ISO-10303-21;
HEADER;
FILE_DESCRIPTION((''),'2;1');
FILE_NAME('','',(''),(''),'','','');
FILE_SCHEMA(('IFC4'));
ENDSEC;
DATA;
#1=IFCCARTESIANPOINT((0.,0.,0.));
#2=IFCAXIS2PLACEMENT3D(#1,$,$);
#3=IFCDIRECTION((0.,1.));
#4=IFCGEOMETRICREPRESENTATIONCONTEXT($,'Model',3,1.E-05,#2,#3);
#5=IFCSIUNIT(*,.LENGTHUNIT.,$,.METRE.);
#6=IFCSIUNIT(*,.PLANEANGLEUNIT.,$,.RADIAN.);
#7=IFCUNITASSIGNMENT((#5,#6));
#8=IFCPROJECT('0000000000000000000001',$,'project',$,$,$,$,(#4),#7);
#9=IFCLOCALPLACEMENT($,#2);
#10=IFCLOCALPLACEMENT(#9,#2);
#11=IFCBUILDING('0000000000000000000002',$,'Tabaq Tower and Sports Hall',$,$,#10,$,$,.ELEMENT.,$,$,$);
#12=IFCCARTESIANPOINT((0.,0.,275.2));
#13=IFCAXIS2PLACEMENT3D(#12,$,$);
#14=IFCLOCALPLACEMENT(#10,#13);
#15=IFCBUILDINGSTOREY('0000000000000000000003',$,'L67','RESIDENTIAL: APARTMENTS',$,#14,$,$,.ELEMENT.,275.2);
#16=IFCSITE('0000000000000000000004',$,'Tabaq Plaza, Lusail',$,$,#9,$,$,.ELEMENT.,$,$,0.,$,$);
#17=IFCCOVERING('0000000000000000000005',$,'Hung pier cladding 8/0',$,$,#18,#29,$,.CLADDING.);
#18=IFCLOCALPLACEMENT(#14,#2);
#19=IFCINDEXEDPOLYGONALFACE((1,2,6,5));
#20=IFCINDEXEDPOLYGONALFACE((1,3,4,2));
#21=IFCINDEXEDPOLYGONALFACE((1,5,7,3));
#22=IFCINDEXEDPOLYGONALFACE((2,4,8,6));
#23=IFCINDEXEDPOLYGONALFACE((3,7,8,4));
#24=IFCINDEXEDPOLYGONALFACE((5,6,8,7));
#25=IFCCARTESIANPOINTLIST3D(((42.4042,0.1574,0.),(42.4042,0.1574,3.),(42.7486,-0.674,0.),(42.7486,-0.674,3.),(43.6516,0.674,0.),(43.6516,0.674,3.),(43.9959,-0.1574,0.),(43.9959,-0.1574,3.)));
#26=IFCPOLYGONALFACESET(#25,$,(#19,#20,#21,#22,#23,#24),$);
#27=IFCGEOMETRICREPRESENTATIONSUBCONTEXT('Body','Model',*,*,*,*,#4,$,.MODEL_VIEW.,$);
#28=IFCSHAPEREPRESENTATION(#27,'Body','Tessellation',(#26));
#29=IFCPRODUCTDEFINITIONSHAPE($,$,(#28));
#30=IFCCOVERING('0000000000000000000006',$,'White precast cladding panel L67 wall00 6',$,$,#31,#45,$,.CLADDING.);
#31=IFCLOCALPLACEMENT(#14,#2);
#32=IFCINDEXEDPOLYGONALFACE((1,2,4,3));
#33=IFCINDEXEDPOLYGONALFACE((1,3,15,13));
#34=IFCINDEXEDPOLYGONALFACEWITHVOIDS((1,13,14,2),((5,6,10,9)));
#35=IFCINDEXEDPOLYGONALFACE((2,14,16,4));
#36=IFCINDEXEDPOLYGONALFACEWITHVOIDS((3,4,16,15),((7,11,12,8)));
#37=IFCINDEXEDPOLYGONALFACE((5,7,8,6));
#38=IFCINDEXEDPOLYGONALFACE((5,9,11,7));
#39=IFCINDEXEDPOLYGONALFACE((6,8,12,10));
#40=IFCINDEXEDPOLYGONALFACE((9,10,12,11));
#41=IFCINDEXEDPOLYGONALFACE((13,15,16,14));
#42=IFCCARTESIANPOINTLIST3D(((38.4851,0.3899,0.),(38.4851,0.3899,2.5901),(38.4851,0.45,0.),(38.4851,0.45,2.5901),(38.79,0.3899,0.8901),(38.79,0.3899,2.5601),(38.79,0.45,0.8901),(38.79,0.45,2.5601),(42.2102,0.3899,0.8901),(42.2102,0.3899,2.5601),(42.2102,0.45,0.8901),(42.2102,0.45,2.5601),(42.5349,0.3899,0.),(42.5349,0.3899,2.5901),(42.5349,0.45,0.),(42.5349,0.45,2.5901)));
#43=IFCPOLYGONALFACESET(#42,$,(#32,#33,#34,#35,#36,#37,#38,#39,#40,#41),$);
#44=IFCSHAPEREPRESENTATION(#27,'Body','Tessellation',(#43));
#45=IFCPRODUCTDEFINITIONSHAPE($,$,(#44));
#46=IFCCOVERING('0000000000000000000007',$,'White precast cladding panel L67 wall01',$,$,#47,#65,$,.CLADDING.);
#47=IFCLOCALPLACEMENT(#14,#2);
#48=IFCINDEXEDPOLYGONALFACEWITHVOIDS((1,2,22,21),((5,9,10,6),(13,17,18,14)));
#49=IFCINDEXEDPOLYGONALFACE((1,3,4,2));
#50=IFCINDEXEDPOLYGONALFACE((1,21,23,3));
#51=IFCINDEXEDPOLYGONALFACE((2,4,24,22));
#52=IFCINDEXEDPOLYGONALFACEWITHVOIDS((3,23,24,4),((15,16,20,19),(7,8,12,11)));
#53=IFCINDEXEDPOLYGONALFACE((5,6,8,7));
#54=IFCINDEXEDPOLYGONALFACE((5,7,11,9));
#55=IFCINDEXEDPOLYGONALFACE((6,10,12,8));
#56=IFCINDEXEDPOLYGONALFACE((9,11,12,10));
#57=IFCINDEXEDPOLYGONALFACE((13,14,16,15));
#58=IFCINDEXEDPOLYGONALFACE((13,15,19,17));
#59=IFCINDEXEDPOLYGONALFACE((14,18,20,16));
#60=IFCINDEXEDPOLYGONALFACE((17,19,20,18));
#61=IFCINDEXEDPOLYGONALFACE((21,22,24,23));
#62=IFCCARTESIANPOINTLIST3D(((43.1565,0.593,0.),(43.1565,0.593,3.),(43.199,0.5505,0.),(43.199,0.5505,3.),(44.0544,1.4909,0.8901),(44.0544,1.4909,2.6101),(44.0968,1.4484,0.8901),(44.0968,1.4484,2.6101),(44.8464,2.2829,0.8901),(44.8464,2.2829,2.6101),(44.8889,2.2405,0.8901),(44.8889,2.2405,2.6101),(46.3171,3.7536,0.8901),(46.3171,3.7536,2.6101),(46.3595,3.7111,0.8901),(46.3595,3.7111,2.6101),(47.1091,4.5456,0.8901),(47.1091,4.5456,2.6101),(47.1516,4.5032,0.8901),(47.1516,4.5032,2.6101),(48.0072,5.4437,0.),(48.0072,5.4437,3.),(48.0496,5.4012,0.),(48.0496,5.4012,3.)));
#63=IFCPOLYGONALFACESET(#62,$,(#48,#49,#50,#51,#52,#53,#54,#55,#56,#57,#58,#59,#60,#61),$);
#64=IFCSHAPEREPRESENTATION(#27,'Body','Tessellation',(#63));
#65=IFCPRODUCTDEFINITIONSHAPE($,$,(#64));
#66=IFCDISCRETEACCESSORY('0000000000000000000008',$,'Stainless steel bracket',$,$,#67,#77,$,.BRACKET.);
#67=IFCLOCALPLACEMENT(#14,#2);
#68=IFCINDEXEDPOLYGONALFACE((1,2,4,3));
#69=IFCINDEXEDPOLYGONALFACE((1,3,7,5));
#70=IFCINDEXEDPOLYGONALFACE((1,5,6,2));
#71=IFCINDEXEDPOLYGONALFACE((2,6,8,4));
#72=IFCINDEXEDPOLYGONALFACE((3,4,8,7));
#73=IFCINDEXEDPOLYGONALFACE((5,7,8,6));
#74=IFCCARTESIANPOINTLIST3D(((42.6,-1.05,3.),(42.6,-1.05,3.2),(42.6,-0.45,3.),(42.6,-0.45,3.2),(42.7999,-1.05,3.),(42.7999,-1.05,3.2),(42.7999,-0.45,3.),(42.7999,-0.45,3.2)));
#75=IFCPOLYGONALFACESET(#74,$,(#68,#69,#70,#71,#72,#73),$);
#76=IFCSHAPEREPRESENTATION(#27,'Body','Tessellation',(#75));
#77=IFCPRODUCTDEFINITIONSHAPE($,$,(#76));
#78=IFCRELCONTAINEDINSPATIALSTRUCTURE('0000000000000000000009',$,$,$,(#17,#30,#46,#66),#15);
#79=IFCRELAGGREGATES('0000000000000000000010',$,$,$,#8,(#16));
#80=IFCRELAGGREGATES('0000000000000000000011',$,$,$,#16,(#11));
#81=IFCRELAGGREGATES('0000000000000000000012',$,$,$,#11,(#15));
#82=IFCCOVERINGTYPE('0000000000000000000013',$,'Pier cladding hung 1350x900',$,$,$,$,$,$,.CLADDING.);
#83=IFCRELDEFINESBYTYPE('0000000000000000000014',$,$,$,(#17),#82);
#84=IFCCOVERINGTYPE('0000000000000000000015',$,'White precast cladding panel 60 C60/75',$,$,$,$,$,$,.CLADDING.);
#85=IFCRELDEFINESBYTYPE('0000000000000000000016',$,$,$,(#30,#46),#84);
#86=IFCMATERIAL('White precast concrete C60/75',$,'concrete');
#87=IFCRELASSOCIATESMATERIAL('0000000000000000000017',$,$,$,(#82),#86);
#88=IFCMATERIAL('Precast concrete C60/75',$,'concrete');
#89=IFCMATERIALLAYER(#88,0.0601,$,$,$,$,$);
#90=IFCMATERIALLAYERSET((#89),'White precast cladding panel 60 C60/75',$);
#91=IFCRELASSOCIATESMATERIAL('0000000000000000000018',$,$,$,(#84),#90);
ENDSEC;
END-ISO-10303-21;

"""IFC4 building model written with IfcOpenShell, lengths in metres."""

from ifc_helpers import new_model, si_unit, direction, frame, frame_2d, origin, origin_2d, place, context, subcontext, project, spatial, polyline, rectangle, outline, extrude, material, layer, layer_set, type_object, element, save


model = new_model("IFC4")

# Units and contexts
model_context = context("Model", 3, precision=1e-05, world=origin(), true_north=direction((0.0, 1.0)))
body_context = subcontext(model_context, "Body", "Model", "MODEL_VIEW")
ifc_project = project(units=[si_unit("LENGTHUNIT", "METRE"), si_unit("PLANEANGLEUNIT", "RADIAN")], contexts=[model_context])

# Site, building, storey
site_placement = place(None, origin())
site = spatial("IfcSite", under=ifc_project, at=site_placement, Name="Tabaq Plaza, Lusail", CompositionType="ELEMENT", RefElevation=0.0)
building_placement = place(site_placement, origin())
building = spatial("IfcBuilding", under=site, at=building_placement, Name="Tabaq Tower and Sports Hall", CompositionType="ELEMENT")
storey_placement = place(building_placement, frame((0.0, 0.0, 275.2)))
storey = spatial("IfcBuildingStorey", under=building, at=storey_placement, Name="L67", Description="RESIDENTIAL: APARTMENTS", CompositionType="ELEMENT", Elevation=275.2)

# Coverings
ifc_material_1 = material(Name="White precast concrete C60/75", Category="concrete")
covering_type_1 = type_object("IfcCoveringType", Name="Pier cladding hung 1350x900", PredefinedType="CLADDING", material=ifc_material_1)
covering_1_placement = place(storey_placement, frame((42.5764, -0.2583, 0.0), z_axis=(0.0, 0.0, 1.0), x_axis=(0.923893, 0.38265, 0.0)))
element("IfcCovering", 1, at=covering_1_placement, inside=storey, type_object=covering_type_1, Name="Hung pier cladding 8/0", PredefinedType="CLADDING", context=body_context, shape_type="SweptSolid", body=[
    extrude(rectangle(XDim=1.3501, YDim=0.8999, at=frame_2d((0.675, 0.0))), origin(), (0.0, 0.0, 1.0), 3.0),
])
ifc_material_2 = material(Name="Precast concrete C60/75", Category="concrete")
ifc_layer_1 = layer(ifc_material_2, 0.0601)
ifc_layer_set_1 = layer_set([ifc_layer_1], Name="White precast cladding panel 60 C60/75")
covering_type_2 = type_object("IfcCoveringType", Name="White precast cladding panel 60 C60/75", PredefinedType="CLADDING", material=ifc_layer_set_1)
covering_2_placement = place(storey_placement, frame((38.4851, 0.4199, 0.0), z_axis=(0.0, 0.0, 1.0), x_axis=(1.0, 0.0, 0.0)))
element("IfcCovering", 2, at=covering_2_placement, inside=storey, type_object=covering_type_2, Name="White precast cladding panel L67 wall00 6", PredefinedType="CLADDING", context=body_context, shape_type="SweptSolid", body=[
    extrude(outline(polyline([(0.0, 0.0), (4.0498, 0.0), (4.0498, 2.5901), (0.0, 2.5901), (0.0, 0.0)]), holes=[polyline([(3.7251, 0.8901), (0.3049, 0.8901), (0.3049, 2.5601), (3.7251, 2.5601), (3.7251, 0.8901)])]), frame((0.0, 0.03, 0.0), z_axis=(0.0, -1.0, 0.0), x_axis=(1.0, 0.0, 0.0)), (0.0, 0.0, 1.0), 0.0601),
])
covering_3_placement = place(storey_placement, frame((43.1777, 0.5718, 0.0), z_axis=(0.0, 0.0, 1.0), x_axis=(0.707107, 0.707107, 0.0)))
element("IfcCovering", 3, at=covering_3_placement, inside=storey, type_object=covering_type_2, Name="White precast cladding panel L67 wall01", PredefinedType="CLADDING", context=body_context, shape_type="SweptSolid", body=[
    extrude(outline(polyline([(0.0, 0.0), (6.8599, 0.0), (6.8599, 3.0), (0.0, 3.0), (0.0, 0.0)]), holes=[polyline([(1.2698, 2.6101), (2.3899, 2.6101), (2.3899, 0.8901), (1.2698, 0.8901), (1.2698, 2.6101)]), polyline([(4.4697, 2.6101), (5.5898, 2.6101), (5.5898, 0.8901), (4.4697, 0.8901), (4.4697, 2.6101)])]), frame((0.0, 0.03, 0.0), z_axis=(0.0, -1.0, 0.0), x_axis=(1.0, 0.0, 0.0)), (0.0, 0.0, 1.0), 0.0601),
])

# Discrete accessory
discrete_accessory_placement = place(storey_placement, frame((42.7, -0.75, 3.0), z_axis=(0.0, 0.0, 1.0), x_axis=(0.0, -1.0, 0.0)))
element("IfcDiscreteAccessory", 4, at=discrete_accessory_placement, inside=storey, Name="Stainless steel bracket", PredefinedType="BRACKET", context=body_context, shape_type="SweptSolid", body=[
    extrude(rectangle(XDim=0.6001, YDim=0.2, at=origin_2d()), origin(), (0.0, 0.0, 1.0), 0.2),
])

save(model, "model.ifc")
